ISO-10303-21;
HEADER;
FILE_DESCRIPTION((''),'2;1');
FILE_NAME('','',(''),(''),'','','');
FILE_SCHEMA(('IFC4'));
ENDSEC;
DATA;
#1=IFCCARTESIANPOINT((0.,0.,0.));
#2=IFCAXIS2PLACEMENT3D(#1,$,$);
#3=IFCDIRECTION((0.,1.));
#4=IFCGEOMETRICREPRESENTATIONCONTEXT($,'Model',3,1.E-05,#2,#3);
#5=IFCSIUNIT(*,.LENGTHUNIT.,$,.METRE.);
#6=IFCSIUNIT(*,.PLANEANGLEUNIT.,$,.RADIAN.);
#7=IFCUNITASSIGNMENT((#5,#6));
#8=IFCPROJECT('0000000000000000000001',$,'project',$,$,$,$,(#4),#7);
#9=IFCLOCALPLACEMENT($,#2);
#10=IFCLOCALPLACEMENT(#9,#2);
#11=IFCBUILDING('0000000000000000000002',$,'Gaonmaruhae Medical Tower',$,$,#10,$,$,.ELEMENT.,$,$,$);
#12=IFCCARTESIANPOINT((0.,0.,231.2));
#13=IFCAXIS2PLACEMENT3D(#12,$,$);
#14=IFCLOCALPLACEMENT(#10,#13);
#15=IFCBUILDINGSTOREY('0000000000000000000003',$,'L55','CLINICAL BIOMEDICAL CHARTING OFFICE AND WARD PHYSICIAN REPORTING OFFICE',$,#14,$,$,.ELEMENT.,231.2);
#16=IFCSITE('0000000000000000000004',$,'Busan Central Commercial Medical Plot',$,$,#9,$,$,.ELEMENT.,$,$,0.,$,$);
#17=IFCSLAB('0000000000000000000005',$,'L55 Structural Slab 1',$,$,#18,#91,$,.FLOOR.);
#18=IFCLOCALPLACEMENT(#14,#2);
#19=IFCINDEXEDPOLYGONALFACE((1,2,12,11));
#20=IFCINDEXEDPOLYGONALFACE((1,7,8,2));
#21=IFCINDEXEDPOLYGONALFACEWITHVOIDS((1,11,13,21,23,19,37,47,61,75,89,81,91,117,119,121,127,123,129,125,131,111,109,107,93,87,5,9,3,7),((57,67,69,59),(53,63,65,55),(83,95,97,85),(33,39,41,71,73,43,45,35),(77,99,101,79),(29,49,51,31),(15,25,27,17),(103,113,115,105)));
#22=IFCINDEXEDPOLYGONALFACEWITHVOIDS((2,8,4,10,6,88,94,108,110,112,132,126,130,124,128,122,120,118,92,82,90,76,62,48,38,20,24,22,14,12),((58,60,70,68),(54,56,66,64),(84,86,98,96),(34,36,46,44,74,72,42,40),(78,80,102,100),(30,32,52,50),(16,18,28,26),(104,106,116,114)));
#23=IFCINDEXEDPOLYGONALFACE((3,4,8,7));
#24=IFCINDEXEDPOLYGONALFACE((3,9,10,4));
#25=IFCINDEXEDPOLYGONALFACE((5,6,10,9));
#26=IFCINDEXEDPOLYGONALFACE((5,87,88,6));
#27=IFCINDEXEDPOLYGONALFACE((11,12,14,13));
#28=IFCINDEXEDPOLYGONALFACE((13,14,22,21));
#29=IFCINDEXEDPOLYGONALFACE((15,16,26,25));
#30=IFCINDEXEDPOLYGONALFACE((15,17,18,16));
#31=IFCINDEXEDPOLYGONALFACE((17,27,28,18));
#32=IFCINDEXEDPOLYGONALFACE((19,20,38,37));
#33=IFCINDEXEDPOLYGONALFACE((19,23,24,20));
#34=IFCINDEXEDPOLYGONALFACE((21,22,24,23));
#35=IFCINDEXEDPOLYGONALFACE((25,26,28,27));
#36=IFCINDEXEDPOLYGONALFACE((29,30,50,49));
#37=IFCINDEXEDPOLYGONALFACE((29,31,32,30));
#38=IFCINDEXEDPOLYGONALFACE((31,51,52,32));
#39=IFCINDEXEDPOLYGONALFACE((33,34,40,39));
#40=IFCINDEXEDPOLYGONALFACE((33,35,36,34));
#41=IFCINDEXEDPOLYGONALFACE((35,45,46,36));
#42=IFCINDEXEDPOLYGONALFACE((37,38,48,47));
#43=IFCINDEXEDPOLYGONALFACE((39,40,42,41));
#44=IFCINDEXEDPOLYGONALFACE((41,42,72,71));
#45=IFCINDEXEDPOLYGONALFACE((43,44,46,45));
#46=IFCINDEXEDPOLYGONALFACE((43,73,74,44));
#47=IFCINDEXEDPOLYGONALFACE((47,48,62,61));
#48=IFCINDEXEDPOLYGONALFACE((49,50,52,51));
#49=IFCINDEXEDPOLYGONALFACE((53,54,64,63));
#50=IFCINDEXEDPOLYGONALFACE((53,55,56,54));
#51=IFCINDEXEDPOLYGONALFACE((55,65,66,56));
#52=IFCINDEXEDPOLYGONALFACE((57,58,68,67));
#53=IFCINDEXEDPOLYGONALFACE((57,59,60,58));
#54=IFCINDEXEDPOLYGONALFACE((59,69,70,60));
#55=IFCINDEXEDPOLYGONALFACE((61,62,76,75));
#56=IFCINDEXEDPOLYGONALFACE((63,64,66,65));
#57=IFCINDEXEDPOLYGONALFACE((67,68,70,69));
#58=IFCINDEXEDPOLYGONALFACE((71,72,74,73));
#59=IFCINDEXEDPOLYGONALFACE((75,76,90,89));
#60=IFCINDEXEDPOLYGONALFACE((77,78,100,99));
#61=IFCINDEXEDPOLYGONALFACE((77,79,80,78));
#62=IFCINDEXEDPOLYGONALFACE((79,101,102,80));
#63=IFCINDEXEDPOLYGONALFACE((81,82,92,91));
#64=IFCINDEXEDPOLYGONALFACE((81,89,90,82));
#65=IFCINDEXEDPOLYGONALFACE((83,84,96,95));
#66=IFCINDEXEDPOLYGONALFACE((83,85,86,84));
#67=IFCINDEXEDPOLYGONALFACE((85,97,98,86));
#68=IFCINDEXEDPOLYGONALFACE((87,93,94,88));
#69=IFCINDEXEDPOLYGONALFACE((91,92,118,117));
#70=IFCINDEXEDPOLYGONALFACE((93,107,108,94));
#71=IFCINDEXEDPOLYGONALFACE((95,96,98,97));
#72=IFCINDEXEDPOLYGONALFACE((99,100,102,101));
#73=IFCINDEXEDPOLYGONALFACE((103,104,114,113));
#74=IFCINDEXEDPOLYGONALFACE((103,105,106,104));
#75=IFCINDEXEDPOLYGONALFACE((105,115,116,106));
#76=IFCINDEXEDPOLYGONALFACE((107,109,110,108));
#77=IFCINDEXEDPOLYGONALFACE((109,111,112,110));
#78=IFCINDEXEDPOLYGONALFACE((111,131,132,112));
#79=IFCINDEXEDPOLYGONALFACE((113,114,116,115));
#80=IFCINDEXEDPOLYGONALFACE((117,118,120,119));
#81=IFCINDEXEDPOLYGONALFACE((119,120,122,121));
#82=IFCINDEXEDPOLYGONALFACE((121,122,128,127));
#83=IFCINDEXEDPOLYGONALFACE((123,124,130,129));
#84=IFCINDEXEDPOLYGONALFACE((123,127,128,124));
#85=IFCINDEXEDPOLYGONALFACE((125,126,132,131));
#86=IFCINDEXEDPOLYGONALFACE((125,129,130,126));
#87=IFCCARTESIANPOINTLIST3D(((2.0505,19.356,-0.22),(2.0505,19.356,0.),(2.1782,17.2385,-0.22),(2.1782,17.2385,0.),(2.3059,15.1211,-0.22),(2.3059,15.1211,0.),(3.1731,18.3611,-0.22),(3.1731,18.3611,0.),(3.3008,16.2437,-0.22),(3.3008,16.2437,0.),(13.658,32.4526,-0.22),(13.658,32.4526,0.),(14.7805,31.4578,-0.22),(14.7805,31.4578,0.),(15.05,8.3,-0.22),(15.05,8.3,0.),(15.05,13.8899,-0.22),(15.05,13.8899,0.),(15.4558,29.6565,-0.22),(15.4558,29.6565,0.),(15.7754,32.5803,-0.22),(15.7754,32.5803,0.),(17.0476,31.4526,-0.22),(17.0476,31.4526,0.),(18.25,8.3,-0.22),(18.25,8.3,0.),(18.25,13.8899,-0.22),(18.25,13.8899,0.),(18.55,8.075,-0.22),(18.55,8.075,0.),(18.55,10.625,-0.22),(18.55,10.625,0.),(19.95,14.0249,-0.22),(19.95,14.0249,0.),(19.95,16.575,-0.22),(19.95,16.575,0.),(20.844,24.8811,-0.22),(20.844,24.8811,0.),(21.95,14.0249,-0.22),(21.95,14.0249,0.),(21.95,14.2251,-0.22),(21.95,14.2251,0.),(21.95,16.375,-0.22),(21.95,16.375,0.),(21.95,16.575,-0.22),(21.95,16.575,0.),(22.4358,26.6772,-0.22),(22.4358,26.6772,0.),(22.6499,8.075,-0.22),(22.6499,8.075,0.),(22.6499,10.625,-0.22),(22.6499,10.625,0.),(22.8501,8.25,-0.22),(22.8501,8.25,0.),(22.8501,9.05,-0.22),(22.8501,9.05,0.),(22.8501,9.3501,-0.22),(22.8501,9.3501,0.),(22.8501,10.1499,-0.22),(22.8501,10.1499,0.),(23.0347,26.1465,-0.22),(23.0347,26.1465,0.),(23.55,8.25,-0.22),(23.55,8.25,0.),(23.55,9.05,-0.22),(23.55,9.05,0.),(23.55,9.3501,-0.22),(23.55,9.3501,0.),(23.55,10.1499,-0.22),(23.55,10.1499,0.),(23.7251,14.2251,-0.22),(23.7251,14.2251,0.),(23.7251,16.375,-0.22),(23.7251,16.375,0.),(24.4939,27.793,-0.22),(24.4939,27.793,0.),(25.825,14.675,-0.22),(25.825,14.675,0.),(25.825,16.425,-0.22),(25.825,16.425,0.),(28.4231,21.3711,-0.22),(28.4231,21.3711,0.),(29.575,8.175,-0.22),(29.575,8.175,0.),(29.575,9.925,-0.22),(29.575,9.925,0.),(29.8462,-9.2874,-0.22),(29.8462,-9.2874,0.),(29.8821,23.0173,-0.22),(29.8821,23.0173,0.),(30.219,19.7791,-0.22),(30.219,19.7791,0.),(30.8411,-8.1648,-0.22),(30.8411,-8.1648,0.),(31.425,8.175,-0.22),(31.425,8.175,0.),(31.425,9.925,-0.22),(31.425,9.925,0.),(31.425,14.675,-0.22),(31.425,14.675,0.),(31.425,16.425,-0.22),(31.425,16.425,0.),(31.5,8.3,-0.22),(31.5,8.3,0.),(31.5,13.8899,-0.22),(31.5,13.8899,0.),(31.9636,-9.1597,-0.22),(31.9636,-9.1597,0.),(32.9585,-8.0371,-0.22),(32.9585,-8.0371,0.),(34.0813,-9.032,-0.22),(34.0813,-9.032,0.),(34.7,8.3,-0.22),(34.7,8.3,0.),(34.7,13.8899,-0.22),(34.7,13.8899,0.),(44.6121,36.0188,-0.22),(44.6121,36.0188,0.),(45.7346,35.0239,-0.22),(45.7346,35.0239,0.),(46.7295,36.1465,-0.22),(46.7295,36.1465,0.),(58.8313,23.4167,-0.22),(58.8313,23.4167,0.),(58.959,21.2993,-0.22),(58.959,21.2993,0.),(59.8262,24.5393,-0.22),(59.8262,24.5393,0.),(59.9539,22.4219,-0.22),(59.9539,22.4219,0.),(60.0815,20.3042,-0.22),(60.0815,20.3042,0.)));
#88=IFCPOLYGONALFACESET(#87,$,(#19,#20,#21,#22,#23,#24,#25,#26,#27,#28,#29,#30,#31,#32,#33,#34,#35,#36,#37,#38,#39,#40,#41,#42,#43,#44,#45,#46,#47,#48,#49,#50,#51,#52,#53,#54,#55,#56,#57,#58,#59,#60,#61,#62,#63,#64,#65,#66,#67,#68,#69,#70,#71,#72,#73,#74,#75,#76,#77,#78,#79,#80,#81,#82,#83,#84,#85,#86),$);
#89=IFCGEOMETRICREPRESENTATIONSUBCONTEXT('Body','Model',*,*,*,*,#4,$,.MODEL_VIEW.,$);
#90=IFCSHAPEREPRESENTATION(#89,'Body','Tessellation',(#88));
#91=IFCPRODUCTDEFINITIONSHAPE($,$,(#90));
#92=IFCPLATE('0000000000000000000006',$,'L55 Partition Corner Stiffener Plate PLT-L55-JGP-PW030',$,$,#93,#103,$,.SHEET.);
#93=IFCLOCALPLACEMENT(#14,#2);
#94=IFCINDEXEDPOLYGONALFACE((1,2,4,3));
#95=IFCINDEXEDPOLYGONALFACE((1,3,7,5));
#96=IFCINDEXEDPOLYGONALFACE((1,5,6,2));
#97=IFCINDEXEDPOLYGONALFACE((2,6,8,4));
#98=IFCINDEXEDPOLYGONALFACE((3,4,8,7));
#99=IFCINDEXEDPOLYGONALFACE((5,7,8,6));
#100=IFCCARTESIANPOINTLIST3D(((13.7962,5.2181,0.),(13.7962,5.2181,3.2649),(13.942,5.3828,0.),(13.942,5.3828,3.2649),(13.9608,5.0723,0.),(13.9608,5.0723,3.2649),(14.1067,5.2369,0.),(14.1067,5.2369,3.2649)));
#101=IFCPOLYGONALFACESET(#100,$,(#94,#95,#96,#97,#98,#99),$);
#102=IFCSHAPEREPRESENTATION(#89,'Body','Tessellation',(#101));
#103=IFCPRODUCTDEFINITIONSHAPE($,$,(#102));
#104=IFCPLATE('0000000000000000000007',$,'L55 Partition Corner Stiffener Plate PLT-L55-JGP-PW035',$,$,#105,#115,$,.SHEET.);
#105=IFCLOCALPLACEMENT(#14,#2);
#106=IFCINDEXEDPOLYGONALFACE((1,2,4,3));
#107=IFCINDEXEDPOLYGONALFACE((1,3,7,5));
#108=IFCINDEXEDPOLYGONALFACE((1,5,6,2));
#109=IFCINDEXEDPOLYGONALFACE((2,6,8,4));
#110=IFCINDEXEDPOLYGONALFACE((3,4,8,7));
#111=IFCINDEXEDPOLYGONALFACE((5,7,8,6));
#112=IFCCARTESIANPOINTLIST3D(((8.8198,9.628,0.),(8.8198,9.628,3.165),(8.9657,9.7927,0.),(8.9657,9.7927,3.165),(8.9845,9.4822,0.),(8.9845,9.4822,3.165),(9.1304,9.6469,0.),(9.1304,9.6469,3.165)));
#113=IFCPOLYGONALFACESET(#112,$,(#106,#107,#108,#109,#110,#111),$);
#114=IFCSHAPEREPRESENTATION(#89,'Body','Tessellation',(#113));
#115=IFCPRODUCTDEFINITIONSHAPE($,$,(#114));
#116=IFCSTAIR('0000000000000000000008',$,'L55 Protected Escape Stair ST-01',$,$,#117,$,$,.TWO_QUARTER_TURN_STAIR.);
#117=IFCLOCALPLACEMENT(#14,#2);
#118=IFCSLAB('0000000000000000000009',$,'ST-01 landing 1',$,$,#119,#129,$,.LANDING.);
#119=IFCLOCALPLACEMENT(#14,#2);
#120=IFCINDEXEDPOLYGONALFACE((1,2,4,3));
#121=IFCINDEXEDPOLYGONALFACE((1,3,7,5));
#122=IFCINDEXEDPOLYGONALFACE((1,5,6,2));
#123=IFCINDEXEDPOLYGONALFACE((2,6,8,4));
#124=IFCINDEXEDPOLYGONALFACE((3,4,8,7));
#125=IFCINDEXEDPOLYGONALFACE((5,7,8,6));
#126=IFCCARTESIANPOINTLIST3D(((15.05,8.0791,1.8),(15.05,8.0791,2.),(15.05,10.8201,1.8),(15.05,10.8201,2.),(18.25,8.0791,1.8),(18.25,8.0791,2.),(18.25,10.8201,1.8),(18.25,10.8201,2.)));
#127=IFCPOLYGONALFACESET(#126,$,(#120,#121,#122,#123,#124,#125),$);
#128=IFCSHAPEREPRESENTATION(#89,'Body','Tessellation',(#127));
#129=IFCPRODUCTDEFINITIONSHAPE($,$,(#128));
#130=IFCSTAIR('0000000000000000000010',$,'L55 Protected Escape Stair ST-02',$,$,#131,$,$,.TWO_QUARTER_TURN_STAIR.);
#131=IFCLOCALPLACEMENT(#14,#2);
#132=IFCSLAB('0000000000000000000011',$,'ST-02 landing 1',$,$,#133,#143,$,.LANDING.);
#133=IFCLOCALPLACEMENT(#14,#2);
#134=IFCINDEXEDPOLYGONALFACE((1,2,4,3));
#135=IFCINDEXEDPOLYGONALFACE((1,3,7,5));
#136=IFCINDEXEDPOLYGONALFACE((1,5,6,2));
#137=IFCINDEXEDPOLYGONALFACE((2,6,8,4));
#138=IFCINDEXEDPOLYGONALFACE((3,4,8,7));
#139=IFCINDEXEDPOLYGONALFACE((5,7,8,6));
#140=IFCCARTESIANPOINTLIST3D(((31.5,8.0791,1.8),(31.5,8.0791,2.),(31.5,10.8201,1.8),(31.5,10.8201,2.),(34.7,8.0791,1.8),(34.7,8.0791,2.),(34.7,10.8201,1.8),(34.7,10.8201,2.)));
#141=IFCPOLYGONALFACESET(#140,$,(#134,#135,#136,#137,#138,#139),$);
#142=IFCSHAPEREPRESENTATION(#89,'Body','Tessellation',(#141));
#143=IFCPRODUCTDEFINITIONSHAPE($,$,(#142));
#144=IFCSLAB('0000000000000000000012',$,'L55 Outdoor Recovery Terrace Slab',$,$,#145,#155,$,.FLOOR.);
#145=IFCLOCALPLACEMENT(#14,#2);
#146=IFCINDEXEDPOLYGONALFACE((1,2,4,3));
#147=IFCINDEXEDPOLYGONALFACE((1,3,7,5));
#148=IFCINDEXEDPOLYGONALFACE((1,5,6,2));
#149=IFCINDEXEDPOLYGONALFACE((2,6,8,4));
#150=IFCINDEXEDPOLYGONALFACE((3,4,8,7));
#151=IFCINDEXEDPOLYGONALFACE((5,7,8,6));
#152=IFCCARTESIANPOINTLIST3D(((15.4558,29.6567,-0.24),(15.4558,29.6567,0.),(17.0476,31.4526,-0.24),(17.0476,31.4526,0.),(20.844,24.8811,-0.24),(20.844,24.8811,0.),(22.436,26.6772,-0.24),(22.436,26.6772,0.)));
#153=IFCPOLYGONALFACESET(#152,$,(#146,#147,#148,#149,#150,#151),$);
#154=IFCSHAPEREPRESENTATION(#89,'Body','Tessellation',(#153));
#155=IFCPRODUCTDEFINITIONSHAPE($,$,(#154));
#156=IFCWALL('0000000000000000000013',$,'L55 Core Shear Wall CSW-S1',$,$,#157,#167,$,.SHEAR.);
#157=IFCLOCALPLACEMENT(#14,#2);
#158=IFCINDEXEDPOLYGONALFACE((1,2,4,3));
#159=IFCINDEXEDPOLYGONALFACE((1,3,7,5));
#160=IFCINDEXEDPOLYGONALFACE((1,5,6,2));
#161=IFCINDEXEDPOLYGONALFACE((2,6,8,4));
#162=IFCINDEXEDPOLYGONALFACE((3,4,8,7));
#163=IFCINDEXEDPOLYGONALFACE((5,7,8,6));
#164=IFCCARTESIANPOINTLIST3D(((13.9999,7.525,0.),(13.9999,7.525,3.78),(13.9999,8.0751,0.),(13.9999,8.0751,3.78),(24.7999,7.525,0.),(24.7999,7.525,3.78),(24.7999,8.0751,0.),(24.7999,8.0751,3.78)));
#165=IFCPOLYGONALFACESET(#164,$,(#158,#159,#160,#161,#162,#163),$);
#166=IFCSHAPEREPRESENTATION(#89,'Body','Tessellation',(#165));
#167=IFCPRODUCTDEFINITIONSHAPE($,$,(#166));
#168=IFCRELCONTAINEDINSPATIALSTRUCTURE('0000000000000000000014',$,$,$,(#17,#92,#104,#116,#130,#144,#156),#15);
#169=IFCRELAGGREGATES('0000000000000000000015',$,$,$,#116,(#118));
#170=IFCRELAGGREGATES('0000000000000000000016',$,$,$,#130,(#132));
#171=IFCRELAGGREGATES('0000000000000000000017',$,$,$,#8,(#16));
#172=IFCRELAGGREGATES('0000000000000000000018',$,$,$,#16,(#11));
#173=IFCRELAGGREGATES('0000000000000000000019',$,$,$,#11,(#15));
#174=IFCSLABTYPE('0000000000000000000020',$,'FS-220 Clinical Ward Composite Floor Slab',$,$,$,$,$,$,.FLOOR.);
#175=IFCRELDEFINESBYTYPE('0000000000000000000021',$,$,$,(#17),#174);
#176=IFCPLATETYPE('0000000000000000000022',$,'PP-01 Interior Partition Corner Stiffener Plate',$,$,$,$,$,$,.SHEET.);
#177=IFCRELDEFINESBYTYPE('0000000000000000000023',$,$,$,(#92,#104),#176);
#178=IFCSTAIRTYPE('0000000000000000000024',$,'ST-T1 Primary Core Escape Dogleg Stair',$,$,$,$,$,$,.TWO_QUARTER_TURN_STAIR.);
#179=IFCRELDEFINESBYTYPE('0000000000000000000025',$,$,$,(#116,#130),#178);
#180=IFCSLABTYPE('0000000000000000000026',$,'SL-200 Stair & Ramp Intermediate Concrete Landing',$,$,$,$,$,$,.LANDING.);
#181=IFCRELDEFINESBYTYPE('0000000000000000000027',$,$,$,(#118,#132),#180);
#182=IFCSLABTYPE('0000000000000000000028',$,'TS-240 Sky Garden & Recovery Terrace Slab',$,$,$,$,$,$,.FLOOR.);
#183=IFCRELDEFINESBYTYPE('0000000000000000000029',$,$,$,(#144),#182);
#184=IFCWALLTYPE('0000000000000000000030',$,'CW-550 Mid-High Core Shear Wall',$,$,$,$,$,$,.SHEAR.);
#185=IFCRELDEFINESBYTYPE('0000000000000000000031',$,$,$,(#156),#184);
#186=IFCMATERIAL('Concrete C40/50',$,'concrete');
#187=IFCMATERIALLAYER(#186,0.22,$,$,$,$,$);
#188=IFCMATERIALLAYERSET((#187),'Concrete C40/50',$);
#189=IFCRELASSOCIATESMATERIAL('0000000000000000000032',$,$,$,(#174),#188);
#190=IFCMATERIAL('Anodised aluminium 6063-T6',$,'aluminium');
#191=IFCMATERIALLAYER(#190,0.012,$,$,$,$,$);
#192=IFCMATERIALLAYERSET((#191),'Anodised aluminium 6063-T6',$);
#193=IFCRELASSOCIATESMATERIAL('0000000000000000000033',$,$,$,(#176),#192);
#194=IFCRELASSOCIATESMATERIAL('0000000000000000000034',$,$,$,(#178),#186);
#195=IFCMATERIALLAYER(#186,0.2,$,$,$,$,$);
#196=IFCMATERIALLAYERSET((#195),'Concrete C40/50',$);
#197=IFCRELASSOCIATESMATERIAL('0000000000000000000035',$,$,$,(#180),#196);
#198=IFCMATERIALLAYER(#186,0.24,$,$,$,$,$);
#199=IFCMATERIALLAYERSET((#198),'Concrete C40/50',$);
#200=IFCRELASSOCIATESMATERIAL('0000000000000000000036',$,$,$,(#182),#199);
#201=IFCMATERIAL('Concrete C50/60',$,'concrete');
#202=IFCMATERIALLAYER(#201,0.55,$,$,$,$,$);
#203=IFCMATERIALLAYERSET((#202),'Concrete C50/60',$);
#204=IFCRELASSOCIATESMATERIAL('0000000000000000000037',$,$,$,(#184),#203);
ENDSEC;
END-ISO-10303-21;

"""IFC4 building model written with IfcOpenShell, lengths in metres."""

from ifc_helpers import new_model, si_unit, direction, frame, frame_2d, origin, origin_2d, place, context, subcontext, project, spatial, polyline, rectangle, outline, extrude, material, layer, layer_set, type_object, element, aggregate, save


model = new_model("IFC4")

# Units and contexts
model_context = context("Model", 3, precision=1e-05, world=origin(), true_north=direction((0.0, 1.0)))
body_context = subcontext(model_context, "Body", "Model", "MODEL_VIEW")
ifc_project = project(units=[si_unit("LENGTHUNIT", "METRE"), si_unit("PLANEANGLEUNIT", "RADIAN")], contexts=[model_context])

# Site, building, storey
site_placement = place(None, origin())
site = spatial("IfcSite", under=ifc_project, at=site_placement, Name="Busan Central Commercial Medical Plot", CompositionType="ELEMENT", RefElevation=0.0)
building_placement = place(site_placement, origin())
building = spatial("IfcBuilding", under=site, at=building_placement, Name="Gaonmaruhae Medical Tower", CompositionType="ELEMENT")
storey_placement = place(building_placement, frame((0.0, 0.0, 231.2)))
storey = spatial("IfcBuildingStorey", under=building, at=storey_placement, Name="L55", Description="CLINICAL BIOMEDICAL CHARTING OFFICE AND WARD PHYSICIAN REPORTING OFFICE", CompositionType="ELEMENT", Elevation=231.2)

# Shared definitions
ifc_material_1 = material(Name="Concrete C50/60", Category="concrete")

# Slab
ifc_material_2 = material(Name="Concrete C40/50", Category="concrete")
ifc_layer_1 = layer(ifc_material_2, 0.22)
ifc_layer_set_1 = layer_set([ifc_layer_1], Name="Concrete C40/50")
slab_type_1 = type_object("IfcSlabType", Name="FS-220 Clinical Ward Composite Floor Slab", PredefinedType="FLOOR", material=ifc_layer_set_1)
slab_1_placement = place(storey_placement, frame((0.0, 0.0, -0.22)))
element("IfcSlab", 1, at=slab_1_placement, inside=storey, type_object=slab_type_1, Name="L55 Structural Slab 1", PredefinedType="FLOOR", context=body_context, shape_type="SweptSolid", body=[
    extrude(outline(polyline([(44.6121, 36.0188), (45.7346, 35.0239), (46.7295, 36.1465), (59.8262, 24.5393), (58.8313, 23.4167), (59.9539, 22.4219), (58.959, 21.2993), (60.0815, 20.3042), (34.0813, -9.032), (32.9585, -8.0371), (31.9636, -9.1597), (30.8411, -8.1648), (29.8462, -9.2874), (2.3059, 15.1211), (3.3008, 16.2437), (2.1782, 17.2385), (3.1731, 18.3611), (2.0505, 19.356), (13.658, 32.4526), (14.7805, 31.4578), (15.7754, 32.5803), (17.0476, 31.4526), (15.4558, 29.6565), (20.844, 24.8811), (22.4358, 26.6772), (23.0347, 26.1465), (24.4939, 27.793), (29.8821, 23.0173), (28.4231, 21.3711), (30.219, 19.7791), (44.6121, 36.0188)]), holes=[polyline([(23.55, 8.25), (22.8501, 8.25), (22.8501, 9.05), (23.55, 9.05), (23.55, 8.25)]), polyline([(31.425, 9.925), (31.425, 8.175), (29.575, 8.175), (29.575, 9.925), (31.425, 9.925)]), polyline([(22.6499, 10.625), (22.6499, 8.075), (18.55, 8.075), (18.55, 10.625), (22.6499, 10.625)]), polyline([(23.55, 9.3501), (22.8501, 9.3501), (22.8501, 10.1499), (23.55, 10.1499), (23.55, 9.3501)]), polyline([(15.05, 13.8899), (18.25, 13.8899), (18.25, 8.3), (15.05, 8.3), (15.05, 13.8899)]), polyline([(31.5, 13.8899), (34.7, 13.8899), (34.7, 8.3), (31.5, 8.3), (31.5, 13.8899)]), polyline([(21.95, 14.2251), (21.95, 14.0249), (19.95, 14.0249), (19.95, 16.575), (21.95, 16.575), (21.95, 16.375), (23.7251, 16.375), (23.7251, 14.2251), (21.95, 14.2251)]), polyline([(31.425, 16.425), (31.425, 14.675), (25.825, 14.675), (25.825, 16.425), (31.425, 16.425)])]), origin(), (0.0, 0.0, 1.0), 0.22),
])

# Plates
ifc_material_3 = material(Name="Anodised aluminium 6063-T6", Category="aluminium")
ifc_layer_2 = layer(ifc_material_3, 0.012)
ifc_layer_set_2 = layer_set([ifc_layer_2], Name="Anodised aluminium 6063-T6")
plate_type = type_object("IfcPlateType", Name="PP-01 Interior Partition Corner Stiffener Plate", PredefinedType="SHEET", material=ifc_layer_set_2)
plate_1_placement = place(storey_placement, frame((13.9514, 5.2275, 0.0), z_axis=(0.0, 0.0, 1.0), x_axis=(-0.748586, 0.663038, 0.0)))
element("IfcPlate", 2, at=plate_1_placement, inside=storey, type_object=plate_type, Name="L55 Partition Corner Stiffener Plate PLT-L55-JGP-PW030", PredefinedType="SHEET", context=body_context, shape_type="SweptSolid", body=[
    extrude(rectangle(XDim=0.22, YDim=0.22, at=origin_2d()), origin(), (0.0, 0.0, 1.0), 3.2649),
])
plate_2_placement = place(storey_placement, frame((8.9751, 9.6375, 0.0), z_axis=(0.0, 0.0, 1.0), x_axis=(-0.748609, 0.663012, 0.0)))
element("IfcPlate", 3, at=plate_2_placement, inside=storey, type_object=plate_type, Name="L55 Partition Corner Stiffener Plate PLT-L55-JGP-PW035", PredefinedType="SHEET", context=body_context, shape_type="SweptSolid", body=[
    extrude(rectangle(XDim=0.22, YDim=0.22, at=origin_2d()), origin(), (0.0, 0.0, 1.0), 3.165),
])

# Stairs, slabs
stair_type = type_object("IfcStairType", Name="ST-T1 Primary Core Escape Dogleg Stair", PredefinedType="TWO_QUARTER_TURN_STAIR", material=ifc_material_2)
stair_1_placement = place(storey_placement, origin())
stair_1 = element("IfcStair", 4, at=stair_1_placement, inside=storey, type_object=stair_type, Name="L55 Protected Escape Stair ST-01", PredefinedType="TWO_QUARTER_TURN_STAIR")
ifc_layer_3 = layer(ifc_material_2, 0.2)
ifc_layer_set_3 = layer_set([ifc_layer_3], Name="Concrete C40/50")
slab_type_2 = type_object("IfcSlabType", Name="SL-200 Stair & Ramp Intermediate Concrete Landing", PredefinedType="LANDING", material=ifc_layer_set_3)
slab_2_placement = place(storey_placement, frame((0.0, 0.0, 1.8)))
slab_2 = element("IfcSlab", 5, at=slab_2_placement, type_object=slab_type_2, Name="ST-01 landing 1", PredefinedType="LANDING", context=body_context, shape_type="SweptSolid", body=[
    extrude(outline(polyline([(15.05, 10.8201), (15.05, 8.0791), (18.25, 8.0791), (18.25, 10.8201), (15.05, 10.8201)])), origin(), (0.0, 0.0, 1.0), 0.2),
])
aggregate(stair_1, [slab_2])
stair_2_placement = place(storey_placement, origin())
stair_2 = element("IfcStair", 6, at=stair_2_placement, inside=storey, type_object=stair_type, Name="L55 Protected Escape Stair ST-02", PredefinedType="TWO_QUARTER_TURN_STAIR")
slab_3_placement = place(storey_placement, frame((0.0, 0.0, 1.8)))
slab_3 = element("IfcSlab", 7, at=slab_3_placement, type_object=slab_type_2, Name="ST-02 landing 1", PredefinedType="LANDING", context=body_context, shape_type="SweptSolid", body=[
    extrude(outline(polyline([(31.5, 10.8201), (31.5, 8.0791), (34.7, 8.0791), (34.7, 10.8201), (31.5, 10.8201)])), origin(), (0.0, 0.0, 1.0), 0.2),
])
aggregate(stair_2, [slab_3])

# Slab
ifc_layer_4 = layer(ifc_material_2, 0.24)
ifc_layer_set_4 = layer_set([ifc_layer_4], Name="Concrete C40/50")
slab_type_3 = type_object("IfcSlabType", Name="TS-240 Sky Garden & Recovery Terrace Slab", PredefinedType="FLOOR", material=ifc_layer_set_4)
slab_4_placement = place(storey_placement, frame((0.0, 0.0, -0.24)))
element("IfcSlab", 8, at=slab_4_placement, inside=storey, type_object=slab_type_3, Name="L55 Outdoor Recovery Terrace Slab", PredefinedType="FLOOR", context=body_context, shape_type="SweptSolid", body=[
    extrude(outline(polyline([(20.844, 24.8811), (22.436, 26.6772), (17.0476, 31.4526), (15.4558, 29.6567), (20.844, 24.8811)])), origin(), (0.0, 0.0, 1.0), 0.24),
])

# Wall
ifc_layer_5 = layer(ifc_material_1, 0.55)
ifc_layer_set_5 = layer_set([ifc_layer_5], Name="Concrete C50/60")
wall_type_1 = type_object("IfcWallType", Name="CW-550 Mid-High Core Shear Wall", PredefinedType="SHEAR", material=ifc_layer_set_5)
wall_1_placement = place(storey_placement, frame((14.0, 7.8, 0.0), z_axis=(0.0, 0.0, 1.0), x_axis=(1.0, 0.0, 0.0)))
element("IfcWall", 9, at=wall_1_placement, inside=storey, type_object=wall_type_1, Name="L55 Core Shear Wall CSW-S1", PredefinedType="SHEAR", context=body_context, shape_type="SweptSolid", body=[
    extrude(rectangle(XDim=10.8, YDim=0.55, at=frame_2d((5.3999, 0.0))), origin(), (0.0, 0.0, 1.0), 3.78),
])

save(model, "model.ifc")
